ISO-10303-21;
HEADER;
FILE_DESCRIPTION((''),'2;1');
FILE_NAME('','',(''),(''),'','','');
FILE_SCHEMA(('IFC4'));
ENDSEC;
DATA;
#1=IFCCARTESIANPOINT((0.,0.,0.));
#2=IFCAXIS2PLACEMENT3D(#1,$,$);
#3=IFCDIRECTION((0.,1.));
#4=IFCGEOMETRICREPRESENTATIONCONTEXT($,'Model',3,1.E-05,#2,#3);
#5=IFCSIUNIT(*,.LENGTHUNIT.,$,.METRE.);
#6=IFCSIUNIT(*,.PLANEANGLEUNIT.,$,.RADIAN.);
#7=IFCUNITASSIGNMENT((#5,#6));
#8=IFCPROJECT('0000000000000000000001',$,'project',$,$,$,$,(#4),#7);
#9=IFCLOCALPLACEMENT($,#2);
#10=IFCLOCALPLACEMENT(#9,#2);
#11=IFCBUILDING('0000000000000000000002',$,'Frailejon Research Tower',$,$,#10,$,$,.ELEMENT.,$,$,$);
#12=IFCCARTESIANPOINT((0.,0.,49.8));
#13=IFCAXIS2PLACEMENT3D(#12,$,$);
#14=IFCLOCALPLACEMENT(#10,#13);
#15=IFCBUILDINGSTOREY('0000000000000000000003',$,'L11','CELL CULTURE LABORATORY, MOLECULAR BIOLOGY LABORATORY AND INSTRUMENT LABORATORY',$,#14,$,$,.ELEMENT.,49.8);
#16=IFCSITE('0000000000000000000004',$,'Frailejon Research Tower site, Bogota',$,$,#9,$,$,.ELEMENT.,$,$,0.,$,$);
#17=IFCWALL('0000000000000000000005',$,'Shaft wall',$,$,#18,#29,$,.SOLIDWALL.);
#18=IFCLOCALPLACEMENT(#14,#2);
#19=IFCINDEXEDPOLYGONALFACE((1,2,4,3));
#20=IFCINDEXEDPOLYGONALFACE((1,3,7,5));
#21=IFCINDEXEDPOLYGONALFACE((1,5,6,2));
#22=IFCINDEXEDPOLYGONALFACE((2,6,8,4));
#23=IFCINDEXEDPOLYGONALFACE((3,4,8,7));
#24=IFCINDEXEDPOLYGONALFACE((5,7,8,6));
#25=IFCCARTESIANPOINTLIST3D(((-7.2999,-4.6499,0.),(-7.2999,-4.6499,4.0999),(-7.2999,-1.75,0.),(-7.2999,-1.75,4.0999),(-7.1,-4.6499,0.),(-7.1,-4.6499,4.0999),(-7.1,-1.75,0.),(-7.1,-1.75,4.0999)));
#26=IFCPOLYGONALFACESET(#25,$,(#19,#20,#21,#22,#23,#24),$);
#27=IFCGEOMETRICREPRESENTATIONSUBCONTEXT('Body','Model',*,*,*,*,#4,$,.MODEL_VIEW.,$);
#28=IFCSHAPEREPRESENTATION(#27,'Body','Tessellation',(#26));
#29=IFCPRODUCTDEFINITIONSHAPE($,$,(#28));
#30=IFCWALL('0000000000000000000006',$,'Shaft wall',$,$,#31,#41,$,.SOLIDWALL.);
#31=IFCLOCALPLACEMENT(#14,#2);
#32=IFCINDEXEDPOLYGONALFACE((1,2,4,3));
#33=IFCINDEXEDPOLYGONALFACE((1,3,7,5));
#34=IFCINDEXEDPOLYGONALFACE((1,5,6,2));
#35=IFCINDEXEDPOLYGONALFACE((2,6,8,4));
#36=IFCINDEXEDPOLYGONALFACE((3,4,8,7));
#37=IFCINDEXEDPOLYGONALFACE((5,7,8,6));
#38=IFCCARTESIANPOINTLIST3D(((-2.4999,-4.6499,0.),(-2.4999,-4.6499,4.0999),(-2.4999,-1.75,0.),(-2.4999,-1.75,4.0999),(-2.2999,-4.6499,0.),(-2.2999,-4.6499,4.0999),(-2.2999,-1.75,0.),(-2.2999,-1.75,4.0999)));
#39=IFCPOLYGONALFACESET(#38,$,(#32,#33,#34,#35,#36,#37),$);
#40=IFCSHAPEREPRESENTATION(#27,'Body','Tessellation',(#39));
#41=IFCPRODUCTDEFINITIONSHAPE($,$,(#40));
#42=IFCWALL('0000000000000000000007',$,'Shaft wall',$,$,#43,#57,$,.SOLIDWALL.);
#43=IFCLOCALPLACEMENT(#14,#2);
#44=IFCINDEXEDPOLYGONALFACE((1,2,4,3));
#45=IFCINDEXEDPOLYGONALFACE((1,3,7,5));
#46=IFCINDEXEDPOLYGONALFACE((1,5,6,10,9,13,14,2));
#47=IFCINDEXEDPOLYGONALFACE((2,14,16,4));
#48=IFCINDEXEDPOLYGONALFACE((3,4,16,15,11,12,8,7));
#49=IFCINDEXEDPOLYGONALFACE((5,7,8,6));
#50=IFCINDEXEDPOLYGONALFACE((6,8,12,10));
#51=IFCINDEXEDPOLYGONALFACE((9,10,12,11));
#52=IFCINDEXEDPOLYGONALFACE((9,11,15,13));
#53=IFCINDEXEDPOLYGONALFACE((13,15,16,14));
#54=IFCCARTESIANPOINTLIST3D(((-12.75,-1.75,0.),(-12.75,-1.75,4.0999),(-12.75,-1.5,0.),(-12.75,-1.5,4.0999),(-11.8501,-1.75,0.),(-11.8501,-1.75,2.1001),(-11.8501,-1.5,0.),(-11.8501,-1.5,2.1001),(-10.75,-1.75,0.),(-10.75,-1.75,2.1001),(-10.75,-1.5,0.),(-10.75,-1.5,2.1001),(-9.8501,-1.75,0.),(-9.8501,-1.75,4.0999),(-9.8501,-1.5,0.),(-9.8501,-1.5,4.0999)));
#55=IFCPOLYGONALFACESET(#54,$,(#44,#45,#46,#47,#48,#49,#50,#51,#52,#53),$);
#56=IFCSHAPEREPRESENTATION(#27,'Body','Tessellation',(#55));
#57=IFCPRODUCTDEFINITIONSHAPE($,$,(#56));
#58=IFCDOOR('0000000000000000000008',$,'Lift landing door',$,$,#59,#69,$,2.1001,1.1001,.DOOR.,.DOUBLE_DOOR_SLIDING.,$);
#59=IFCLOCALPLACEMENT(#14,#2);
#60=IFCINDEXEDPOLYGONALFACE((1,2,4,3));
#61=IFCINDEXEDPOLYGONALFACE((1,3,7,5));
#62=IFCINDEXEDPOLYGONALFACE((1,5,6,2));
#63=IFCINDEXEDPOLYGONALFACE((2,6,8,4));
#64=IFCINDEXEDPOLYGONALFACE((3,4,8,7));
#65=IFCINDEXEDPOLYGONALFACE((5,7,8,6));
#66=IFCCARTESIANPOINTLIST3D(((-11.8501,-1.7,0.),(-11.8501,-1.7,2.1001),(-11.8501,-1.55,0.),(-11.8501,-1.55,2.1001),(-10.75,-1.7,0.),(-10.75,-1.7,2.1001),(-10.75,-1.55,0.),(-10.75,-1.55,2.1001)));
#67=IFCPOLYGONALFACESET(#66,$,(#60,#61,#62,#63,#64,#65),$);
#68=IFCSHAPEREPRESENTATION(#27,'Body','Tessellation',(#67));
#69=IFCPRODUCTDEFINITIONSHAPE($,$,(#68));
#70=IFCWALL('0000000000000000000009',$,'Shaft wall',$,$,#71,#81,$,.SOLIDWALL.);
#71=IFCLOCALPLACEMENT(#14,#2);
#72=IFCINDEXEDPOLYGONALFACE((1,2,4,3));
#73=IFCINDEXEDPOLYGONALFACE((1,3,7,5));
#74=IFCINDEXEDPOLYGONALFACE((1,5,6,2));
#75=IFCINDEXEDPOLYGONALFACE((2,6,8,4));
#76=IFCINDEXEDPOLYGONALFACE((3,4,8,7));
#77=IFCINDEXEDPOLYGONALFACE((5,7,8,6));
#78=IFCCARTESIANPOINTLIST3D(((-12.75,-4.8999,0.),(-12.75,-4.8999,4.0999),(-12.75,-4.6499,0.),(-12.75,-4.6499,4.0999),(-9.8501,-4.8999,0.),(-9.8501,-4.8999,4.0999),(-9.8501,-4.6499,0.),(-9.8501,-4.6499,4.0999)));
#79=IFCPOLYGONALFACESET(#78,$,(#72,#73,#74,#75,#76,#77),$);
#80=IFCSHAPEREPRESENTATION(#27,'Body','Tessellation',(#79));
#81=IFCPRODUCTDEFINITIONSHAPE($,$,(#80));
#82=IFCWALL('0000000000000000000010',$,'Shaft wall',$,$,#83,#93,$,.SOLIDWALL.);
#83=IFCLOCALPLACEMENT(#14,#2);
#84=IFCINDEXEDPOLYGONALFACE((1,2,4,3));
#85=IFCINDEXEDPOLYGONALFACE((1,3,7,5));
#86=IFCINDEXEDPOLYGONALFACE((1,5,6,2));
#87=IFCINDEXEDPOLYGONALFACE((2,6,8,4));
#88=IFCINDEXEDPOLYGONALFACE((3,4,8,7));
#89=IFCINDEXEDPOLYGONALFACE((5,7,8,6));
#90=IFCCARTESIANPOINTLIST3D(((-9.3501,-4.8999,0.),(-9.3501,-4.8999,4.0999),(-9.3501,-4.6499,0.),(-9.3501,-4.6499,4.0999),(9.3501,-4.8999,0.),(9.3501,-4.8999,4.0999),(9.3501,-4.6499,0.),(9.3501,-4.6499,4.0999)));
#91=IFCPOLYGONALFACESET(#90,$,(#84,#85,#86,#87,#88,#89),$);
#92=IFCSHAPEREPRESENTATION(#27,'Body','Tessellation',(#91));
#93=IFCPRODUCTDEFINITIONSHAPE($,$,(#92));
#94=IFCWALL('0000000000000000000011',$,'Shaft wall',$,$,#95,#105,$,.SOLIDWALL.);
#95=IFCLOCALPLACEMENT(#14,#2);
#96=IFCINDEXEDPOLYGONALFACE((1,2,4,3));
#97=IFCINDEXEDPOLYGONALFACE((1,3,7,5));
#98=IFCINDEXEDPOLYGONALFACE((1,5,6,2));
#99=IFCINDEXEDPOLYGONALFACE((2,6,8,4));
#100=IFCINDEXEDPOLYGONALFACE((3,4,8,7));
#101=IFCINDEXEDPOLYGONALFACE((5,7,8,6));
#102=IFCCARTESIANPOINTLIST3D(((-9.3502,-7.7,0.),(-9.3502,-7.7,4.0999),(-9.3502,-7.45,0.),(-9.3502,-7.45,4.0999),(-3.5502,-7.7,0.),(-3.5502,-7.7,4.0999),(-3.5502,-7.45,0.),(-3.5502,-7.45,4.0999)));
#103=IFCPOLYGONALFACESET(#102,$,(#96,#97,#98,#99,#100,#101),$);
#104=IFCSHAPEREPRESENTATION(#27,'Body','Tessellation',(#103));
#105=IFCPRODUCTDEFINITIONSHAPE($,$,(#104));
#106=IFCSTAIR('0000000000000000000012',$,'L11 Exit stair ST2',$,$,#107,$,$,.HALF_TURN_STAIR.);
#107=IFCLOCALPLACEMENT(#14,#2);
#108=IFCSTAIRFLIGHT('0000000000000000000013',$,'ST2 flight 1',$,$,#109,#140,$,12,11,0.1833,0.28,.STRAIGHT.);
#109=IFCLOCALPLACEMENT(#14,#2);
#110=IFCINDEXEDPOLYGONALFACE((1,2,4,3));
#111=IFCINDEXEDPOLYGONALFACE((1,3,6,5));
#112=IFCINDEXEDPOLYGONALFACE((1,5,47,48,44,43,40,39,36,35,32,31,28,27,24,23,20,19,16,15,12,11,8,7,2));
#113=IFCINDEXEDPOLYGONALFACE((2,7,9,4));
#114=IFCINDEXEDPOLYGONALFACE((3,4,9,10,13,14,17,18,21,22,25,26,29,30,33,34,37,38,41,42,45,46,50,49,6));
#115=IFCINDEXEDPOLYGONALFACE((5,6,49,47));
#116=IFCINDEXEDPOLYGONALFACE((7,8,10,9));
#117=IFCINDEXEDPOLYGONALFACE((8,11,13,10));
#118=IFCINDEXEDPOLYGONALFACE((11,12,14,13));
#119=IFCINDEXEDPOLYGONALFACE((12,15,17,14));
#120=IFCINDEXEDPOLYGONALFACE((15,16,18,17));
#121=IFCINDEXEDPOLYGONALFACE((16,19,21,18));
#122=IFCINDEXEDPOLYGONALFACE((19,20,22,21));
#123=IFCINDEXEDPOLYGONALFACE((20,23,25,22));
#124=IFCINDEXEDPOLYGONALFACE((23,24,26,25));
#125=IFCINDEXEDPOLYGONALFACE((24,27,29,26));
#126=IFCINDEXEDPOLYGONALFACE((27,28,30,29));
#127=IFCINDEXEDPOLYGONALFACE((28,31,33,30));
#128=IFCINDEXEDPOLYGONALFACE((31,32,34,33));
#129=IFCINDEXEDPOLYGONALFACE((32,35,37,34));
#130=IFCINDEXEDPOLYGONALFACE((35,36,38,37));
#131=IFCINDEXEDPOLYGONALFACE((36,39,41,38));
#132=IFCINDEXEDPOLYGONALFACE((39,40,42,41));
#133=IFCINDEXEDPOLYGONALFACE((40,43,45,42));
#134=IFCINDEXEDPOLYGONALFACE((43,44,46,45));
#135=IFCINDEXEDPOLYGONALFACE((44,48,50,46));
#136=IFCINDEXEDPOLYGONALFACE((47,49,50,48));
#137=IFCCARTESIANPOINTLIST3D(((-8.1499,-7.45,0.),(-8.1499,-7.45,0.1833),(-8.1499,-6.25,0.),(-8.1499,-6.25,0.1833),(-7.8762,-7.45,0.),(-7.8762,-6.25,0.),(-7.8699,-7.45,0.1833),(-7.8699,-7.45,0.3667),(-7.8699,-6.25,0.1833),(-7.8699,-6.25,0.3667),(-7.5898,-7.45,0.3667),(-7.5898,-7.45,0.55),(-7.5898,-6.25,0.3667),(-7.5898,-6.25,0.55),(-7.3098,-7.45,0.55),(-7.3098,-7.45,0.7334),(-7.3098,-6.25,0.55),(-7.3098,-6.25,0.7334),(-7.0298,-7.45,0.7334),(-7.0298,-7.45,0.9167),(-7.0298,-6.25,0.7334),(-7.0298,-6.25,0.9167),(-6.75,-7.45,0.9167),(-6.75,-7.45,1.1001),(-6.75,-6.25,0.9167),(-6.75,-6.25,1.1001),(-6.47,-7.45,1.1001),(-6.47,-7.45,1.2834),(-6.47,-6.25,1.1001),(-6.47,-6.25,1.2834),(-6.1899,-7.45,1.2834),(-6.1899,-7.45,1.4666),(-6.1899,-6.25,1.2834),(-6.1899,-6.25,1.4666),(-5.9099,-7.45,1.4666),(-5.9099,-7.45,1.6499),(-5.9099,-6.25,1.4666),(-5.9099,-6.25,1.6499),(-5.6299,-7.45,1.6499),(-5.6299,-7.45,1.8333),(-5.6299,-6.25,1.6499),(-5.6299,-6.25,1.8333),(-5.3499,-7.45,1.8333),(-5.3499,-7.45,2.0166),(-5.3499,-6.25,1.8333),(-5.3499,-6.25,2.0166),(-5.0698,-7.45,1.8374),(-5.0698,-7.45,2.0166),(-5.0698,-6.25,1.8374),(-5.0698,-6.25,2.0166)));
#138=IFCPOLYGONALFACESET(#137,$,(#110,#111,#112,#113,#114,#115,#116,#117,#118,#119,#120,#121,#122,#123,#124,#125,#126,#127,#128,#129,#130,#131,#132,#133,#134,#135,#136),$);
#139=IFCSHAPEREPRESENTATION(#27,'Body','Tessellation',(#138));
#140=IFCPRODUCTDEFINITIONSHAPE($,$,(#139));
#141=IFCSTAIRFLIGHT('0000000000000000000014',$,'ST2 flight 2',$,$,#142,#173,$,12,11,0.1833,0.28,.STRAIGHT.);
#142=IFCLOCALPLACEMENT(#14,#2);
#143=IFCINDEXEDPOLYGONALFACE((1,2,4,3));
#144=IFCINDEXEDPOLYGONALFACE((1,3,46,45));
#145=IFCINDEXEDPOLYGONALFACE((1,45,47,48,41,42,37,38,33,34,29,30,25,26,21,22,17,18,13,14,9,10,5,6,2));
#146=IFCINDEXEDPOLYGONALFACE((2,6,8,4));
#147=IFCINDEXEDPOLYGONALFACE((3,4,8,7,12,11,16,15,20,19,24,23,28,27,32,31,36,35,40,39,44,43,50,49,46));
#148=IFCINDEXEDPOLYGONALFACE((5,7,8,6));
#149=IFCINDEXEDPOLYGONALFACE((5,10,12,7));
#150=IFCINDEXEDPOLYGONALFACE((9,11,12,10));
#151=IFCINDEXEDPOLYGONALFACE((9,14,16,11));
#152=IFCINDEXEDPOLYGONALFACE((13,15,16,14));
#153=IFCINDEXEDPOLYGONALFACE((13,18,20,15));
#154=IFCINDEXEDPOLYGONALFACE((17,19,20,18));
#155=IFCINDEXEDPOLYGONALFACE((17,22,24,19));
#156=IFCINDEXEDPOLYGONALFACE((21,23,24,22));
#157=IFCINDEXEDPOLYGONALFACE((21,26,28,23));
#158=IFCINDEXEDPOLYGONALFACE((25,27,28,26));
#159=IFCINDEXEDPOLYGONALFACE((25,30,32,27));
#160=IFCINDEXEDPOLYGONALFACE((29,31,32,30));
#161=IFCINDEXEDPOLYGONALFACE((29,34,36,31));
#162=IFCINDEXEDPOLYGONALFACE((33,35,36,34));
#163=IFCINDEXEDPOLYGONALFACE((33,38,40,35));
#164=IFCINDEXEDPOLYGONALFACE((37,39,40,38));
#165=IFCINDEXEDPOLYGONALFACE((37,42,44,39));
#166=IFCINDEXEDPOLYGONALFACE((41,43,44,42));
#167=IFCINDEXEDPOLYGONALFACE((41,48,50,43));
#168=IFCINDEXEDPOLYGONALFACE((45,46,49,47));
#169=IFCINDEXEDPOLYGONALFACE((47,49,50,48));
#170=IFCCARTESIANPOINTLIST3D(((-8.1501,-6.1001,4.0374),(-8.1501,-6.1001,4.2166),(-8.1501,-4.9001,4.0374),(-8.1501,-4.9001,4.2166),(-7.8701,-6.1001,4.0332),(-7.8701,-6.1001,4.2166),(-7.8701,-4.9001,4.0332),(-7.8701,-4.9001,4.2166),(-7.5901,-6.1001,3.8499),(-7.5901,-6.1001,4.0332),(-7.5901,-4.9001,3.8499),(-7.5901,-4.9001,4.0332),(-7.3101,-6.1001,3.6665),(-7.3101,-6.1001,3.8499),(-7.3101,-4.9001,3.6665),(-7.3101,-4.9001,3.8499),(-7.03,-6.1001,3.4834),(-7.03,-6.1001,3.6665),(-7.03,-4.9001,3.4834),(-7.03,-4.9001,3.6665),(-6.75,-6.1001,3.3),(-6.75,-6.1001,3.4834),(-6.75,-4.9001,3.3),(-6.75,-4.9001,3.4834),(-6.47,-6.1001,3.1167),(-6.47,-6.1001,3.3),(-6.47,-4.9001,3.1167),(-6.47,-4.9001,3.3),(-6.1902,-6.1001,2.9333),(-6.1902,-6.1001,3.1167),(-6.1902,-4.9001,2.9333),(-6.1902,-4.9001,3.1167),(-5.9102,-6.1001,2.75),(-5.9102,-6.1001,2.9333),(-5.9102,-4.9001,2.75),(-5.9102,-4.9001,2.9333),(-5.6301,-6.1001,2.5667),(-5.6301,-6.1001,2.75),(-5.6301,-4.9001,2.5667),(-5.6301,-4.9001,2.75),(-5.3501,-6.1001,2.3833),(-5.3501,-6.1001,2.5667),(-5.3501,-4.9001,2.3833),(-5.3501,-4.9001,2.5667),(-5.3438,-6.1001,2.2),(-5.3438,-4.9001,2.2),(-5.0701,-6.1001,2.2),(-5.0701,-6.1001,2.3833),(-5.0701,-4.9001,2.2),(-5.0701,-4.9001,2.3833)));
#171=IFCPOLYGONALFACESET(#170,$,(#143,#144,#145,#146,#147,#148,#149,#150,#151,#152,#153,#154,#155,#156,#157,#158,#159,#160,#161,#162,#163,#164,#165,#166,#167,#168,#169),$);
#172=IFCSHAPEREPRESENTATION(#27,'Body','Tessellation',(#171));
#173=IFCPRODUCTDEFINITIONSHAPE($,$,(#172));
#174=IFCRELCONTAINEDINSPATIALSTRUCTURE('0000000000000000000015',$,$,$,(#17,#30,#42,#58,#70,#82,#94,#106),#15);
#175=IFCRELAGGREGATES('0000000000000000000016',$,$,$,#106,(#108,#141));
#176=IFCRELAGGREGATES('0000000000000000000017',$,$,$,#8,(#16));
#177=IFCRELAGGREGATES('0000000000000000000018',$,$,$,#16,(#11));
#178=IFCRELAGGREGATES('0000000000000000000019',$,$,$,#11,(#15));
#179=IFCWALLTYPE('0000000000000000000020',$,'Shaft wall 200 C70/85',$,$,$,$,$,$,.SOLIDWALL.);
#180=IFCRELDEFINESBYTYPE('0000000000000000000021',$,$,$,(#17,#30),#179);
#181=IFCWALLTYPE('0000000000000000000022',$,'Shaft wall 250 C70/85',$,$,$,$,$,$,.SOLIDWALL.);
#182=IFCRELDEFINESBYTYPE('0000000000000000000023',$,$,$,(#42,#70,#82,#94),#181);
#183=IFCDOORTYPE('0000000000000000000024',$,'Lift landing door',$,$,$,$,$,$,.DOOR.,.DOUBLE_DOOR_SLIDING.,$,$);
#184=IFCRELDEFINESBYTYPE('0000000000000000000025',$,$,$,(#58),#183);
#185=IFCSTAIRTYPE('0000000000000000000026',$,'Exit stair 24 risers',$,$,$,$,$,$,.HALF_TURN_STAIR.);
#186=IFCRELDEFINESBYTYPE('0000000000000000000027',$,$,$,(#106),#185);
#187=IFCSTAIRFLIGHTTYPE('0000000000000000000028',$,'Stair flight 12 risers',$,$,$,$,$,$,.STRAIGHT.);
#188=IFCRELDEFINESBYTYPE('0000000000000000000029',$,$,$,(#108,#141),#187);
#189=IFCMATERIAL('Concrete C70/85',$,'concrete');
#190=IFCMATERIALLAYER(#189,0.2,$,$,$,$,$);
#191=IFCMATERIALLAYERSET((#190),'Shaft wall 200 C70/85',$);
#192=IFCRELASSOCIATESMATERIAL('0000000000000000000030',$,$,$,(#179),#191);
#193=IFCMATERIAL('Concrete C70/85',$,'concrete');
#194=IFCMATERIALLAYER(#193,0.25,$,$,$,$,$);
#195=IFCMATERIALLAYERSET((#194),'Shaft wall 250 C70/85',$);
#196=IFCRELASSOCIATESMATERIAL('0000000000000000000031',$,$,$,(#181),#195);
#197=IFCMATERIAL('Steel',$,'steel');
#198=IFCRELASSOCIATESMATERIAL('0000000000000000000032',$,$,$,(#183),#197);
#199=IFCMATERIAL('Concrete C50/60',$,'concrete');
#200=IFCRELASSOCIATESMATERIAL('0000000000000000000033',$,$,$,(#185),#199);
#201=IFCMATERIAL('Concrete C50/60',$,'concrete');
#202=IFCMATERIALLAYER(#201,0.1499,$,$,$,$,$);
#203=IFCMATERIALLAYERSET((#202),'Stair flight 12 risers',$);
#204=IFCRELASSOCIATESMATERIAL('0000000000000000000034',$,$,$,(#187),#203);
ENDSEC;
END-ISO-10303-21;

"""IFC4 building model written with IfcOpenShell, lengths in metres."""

from ifc_helpers import new_model, si_unit, direction, frame, frame_2d, origin, place, context, subcontext, project, spatial, polyline, rectangle, outline, extrude, material, layer, layer_set, type_object, element, fill, aggregate, save


model = new_model("IFC4")

# Units and contexts
model_context = context("Model", 3, precision=1e-05, world=origin(), true_north=direction((0.0, 1.0)))
body_context = subcontext(model_context, "Body", "Model", "MODEL_VIEW")
ifc_project = project(units=[si_unit("LENGTHUNIT", "METRE"), si_unit("PLANEANGLEUNIT", "RADIAN")], contexts=[model_context])

# Site, building, storey
site_placement = place(None, origin())
site = spatial("IfcSite", under=ifc_project, at=site_placement, Name="Frailejon Research Tower site, Bogota", CompositionType="ELEMENT", RefElevation=0.0)
building_placement = place(site_placement, origin())
building = spatial("IfcBuilding", under=site, at=building_placement, Name="Frailejon Research Tower", CompositionType="ELEMENT")
storey_placement = place(building_placement, frame((0.0, 0.0, 49.8)))
storey = spatial("IfcBuildingStorey", under=building, at=storey_placement, Name="L11", Description="CELL CULTURE LABORATORY, MOLECULAR BIOLOGY LABORATORY AND INSTRUMENT LABORATORY", CompositionType="ELEMENT", Elevation=49.8)

# Walls
ifc_material_1 = material(Name="Concrete C70/85", Category="concrete")
ifc_layer_1 = layer(ifc_material_1, 0.2)
ifc_layer_set_1 = layer_set([ifc_layer_1], Name="Shaft wall 200 C70/85")
wall_type_1 = type_object("IfcWallType", Name="Shaft wall 200 C70/85", PredefinedType="SOLIDWALL", material=ifc_layer_set_1)
for number, where, z_axis, x_axis, name in (
    (1, (-7.2, -4.6499, 0.0), (0.0, 0.0, 1.0), (0.0, 1.0, 0.0), "Shaft wall"),
    (2, (-2.3999, -4.6499, 0.0), (0.0, 0.0, 1.0), (0.0, 1.0, 0.0), "Shaft wall"),
):
    element("IfcWall", number, at=place(storey_placement, frame(where, z_axis=z_axis, x_axis=x_axis)), inside=storey, type_object=wall_type_1, Name=name, PredefinedType="SOLIDWALL", context=body_context, shape_type="SweptSolid", body=[
        extrude(rectangle(XDim=2.8999, YDim=0.2, at=frame_2d((1.45, 0.0))), origin(), (0.0, 0.0, 1.0), 4.0999),
    ])

# Wall, opening, door
ifc_material_2 = material(Name="Concrete C70/85", Category="concrete")
ifc_layer_2 = layer(ifc_material_2, 0.25)
ifc_layer_set_2 = layer_set([ifc_layer_2], Name="Shaft wall 250 C70/85")
wall_type_2 = type_object("IfcWallType", Name="Shaft wall 250 C70/85", PredefinedType="SOLIDWALL", material=ifc_layer_set_2)
wall_1_placement = place(storey_placement, frame((-12.75, -1.625, 0.0), z_axis=(0.0, 0.0, 1.0), x_axis=(1.0, 0.0, 0.0)))
wall_1 = element("IfcWall", 3, at=wall_1_placement, inside=storey, type_object=wall_type_2, Name="Shaft wall", PredefinedType="SOLIDWALL", context=body_context, shape_type="SweptSolid", body=[
    extrude(rectangle(XDim=2.8999, YDim=0.25, at=frame_2d((1.45, 0.0))), origin(), (0.0, 0.0, 1.0), 4.0999),
])
opening_placement = place(wall_1_placement, frame((0.8999, 0.0, 0.0)))
opening = element("IfcOpeningElement", 4, at=opening_placement, cuts=wall_1, PredefinedType="OPENING", context=body_context, shape_type="SweptSolid", body=[
    extrude(rectangle(XDim=1.1001, YDim=2.1001, at=frame_2d((0.55, 1.05))), frame((0.0, 0.135, 0.0), z_axis=(0.0, -1.0, 0.0), x_axis=(1.0, 0.0, 0.0)), (0.0, 0.0, 1.0), 0.27),
])
ifc_material_3 = material(Name="Steel", Category="steel")
door_type = type_object("IfcDoorType", Name="Lift landing door", OperationType="DOUBLE_DOOR_SLIDING", PredefinedType="DOOR", material=ifc_material_3)
door_placement = place(opening_placement, origin())
door = element("IfcDoor", 5, at=door_placement, inside=storey, type_object=door_type, Name="Lift landing door", OperationType="DOUBLE_DOOR_SLIDING", OverallHeight=2.1001, OverallWidth=1.1001, PredefinedType="DOOR", context=body_context, shape_type="SweptSolid", body=[
    extrude(rectangle(XDim=1.1001, YDim=2.1001, at=frame_2d((0.55, 1.05))), frame((0.0, 0.075, 0.0), z_axis=(0.0, -1.0, 0.0), x_axis=(1.0, 0.0, 0.0)), (0.0, 0.0, 1.0), 0.1499),
])
fill(opening, door)

# Walls
wall_2_placement = place(storey_placement, frame((-12.75, -4.7749, 0.0), z_axis=(0.0, 0.0, 1.0), x_axis=(1.0, 0.0, 0.0)))
element("IfcWall", 6, at=wall_2_placement, inside=storey, type_object=wall_type_2, Name="Shaft wall", PredefinedType="SOLIDWALL", context=body_context, shape_type="SweptSolid", body=[
    extrude(rectangle(XDim=2.8999, YDim=0.25, at=frame_2d((1.45, 0.0))), origin(), (0.0, 0.0, 1.0), 4.0999),
])
wall_3_placement = place(storey_placement, frame((-9.3501, -4.7749, 0.0), z_axis=(0.0, 0.0, 1.0), x_axis=(1.0, 0.0, 0.0)))
element("IfcWall", 7, at=wall_3_placement, inside=storey, type_object=wall_type_2, Name="Shaft wall", PredefinedType="SOLIDWALL", context=body_context, shape_type="SweptSolid", body=[
    extrude(rectangle(XDim=18.7002, YDim=0.25, at=frame_2d((9.3501, 0.0))), origin(), (0.0, 0.0, 1.0), 4.0999),
])
wall_4_placement = place(storey_placement, frame((-9.3501, -7.575, 0.0), z_axis=(0.0, 0.0, 1.0), x_axis=(1.0, 0.0, 0.0)))
element("IfcWall", 8, at=wall_4_placement, inside=storey, type_object=wall_type_2, Name="Shaft wall", PredefinedType="SOLIDWALL", context=body_context, shape_type="SweptSolid", body=[
    extrude(rectangle(XDim=5.8, YDim=0.25, at=frame_2d((2.8999, 0.0))), origin(), (0.0, 0.0, 1.0), 4.0999),
])

# Stair, stair flights
ifc_material_4 = material(Name="Concrete C50/60", Category="concrete")
stair_type = type_object("IfcStairType", Name="Exit stair 24 risers", PredefinedType="HALF_TURN_STAIR", material=ifc_material_4)
stair_placement = place(storey_placement, origin())
stair = element("IfcStair", 9, at=stair_placement, inside=storey, type_object=stair_type, Name="L11 Exit stair ST2", PredefinedType="HALF_TURN_STAIR")
ifc_material_5 = material(Name="Concrete C50/60", Category="concrete")
ifc_layer_3 = layer(ifc_material_5, 0.1499)
ifc_layer_set_3 = layer_set([ifc_layer_3], Name="Stair flight 12 risers")
stair_flight_type = type_object("IfcStairFlightType", Name="Stair flight 12 risers", PredefinedType="STRAIGHT", material=ifc_layer_set_3)
stair_flight_1_placement = place(storey_placement, frame((-8.1499, -6.8501, 0.0), z_axis=(0.0, 0.0, 1.0), x_axis=(1.0, 0.0, 0.0)))
stair_flight_1 = element("IfcStairFlight", 10, at=stair_flight_1_placement, type_object=stair_flight_type, Name="ST2 flight 1", NumberOfRisers=12, NumberOfTreads=11, PredefinedType="STRAIGHT", RiserHeight=0.1833, TreadLength=0.28, context=body_context, shape_type="SweptSolid", body=[
    extrude(outline(polyline([(0.0, 0.0), (0.0, 0.1833), (0.28, 0.1833), (0.28, 0.3667), (0.5601, 0.3667), (0.5601, 0.55), (0.8401, 0.55), (0.8401, 0.7334), (1.1201, 0.7334), (1.1201, 0.9167), (1.3999, 0.9167), (1.3999, 1.1001), (1.6799, 1.1001), (1.6799, 1.2834), (1.96, 1.2834), (1.96, 1.4666), (2.24, 1.4666), (2.24, 1.6499), (2.52, 1.6499), (2.52, 1.8333), (2.8, 1.8333), (2.8, 2.0166), (3.0801, 2.0166), (3.0801, 2.2), (3.0801, 1.8374), (0.2737, 0.0), (0.0, 0.0)])), frame((0.0, 0.6001, 0.0), z_axis=(0.0, -1.0, 0.0), x_axis=(1.0, 0.0, 0.0)), (0.0, 0.0, 1.0), 1.2),
])
stair_flight_2_placement = place(storey_placement, frame((-5.0701, -5.5, 2.2), z_axis=(0.0, 0.0, 1.0), x_axis=(-1.0, 0.0, 0.0)))
stair_flight_2 = element("IfcStairFlight", 11, at=stair_flight_2_placement, type_object=stair_flight_type, Name="ST2 flight 2", NumberOfRisers=12, NumberOfTreads=11, PredefinedType="STRAIGHT", RiserHeight=0.1833, TreadLength=0.28, context=body_context, shape_type="SweptSolid", body=[
    extrude(outline(polyline([(0.0, 0.0), (0.0, 0.1833), (0.28, 0.1833), (0.28, 0.3667), (0.5601, 0.3667), (0.5601, 0.55), (0.8401, 0.55), (0.8401, 0.7334), (1.1201, 0.7334), (1.1201, 0.9167), (1.3999, 0.9167), (1.3999, 1.1001), (1.6799, 1.1001), (1.6799, 1.2834), (1.96, 1.2834), (1.96, 1.4666), (2.24, 1.4666), (2.24, 1.6499), (2.52, 1.6499), (2.52, 1.8333), (2.8, 1.8333), (2.8, 2.0166), (3.0801, 2.0166), (3.0801, 2.2), (3.0801, 1.8374), (0.2737, 0.0), (0.0, 0.0)])), frame((0.0, 0.6001, 0.0), z_axis=(0.0, -1.0, 0.0), x_axis=(1.0, 0.0, 0.0)), (0.0, 0.0, 1.0), 1.2),
])
aggregate(stair, [stair_flight_1, stair_flight_2])

save(model, "model.ifc")
